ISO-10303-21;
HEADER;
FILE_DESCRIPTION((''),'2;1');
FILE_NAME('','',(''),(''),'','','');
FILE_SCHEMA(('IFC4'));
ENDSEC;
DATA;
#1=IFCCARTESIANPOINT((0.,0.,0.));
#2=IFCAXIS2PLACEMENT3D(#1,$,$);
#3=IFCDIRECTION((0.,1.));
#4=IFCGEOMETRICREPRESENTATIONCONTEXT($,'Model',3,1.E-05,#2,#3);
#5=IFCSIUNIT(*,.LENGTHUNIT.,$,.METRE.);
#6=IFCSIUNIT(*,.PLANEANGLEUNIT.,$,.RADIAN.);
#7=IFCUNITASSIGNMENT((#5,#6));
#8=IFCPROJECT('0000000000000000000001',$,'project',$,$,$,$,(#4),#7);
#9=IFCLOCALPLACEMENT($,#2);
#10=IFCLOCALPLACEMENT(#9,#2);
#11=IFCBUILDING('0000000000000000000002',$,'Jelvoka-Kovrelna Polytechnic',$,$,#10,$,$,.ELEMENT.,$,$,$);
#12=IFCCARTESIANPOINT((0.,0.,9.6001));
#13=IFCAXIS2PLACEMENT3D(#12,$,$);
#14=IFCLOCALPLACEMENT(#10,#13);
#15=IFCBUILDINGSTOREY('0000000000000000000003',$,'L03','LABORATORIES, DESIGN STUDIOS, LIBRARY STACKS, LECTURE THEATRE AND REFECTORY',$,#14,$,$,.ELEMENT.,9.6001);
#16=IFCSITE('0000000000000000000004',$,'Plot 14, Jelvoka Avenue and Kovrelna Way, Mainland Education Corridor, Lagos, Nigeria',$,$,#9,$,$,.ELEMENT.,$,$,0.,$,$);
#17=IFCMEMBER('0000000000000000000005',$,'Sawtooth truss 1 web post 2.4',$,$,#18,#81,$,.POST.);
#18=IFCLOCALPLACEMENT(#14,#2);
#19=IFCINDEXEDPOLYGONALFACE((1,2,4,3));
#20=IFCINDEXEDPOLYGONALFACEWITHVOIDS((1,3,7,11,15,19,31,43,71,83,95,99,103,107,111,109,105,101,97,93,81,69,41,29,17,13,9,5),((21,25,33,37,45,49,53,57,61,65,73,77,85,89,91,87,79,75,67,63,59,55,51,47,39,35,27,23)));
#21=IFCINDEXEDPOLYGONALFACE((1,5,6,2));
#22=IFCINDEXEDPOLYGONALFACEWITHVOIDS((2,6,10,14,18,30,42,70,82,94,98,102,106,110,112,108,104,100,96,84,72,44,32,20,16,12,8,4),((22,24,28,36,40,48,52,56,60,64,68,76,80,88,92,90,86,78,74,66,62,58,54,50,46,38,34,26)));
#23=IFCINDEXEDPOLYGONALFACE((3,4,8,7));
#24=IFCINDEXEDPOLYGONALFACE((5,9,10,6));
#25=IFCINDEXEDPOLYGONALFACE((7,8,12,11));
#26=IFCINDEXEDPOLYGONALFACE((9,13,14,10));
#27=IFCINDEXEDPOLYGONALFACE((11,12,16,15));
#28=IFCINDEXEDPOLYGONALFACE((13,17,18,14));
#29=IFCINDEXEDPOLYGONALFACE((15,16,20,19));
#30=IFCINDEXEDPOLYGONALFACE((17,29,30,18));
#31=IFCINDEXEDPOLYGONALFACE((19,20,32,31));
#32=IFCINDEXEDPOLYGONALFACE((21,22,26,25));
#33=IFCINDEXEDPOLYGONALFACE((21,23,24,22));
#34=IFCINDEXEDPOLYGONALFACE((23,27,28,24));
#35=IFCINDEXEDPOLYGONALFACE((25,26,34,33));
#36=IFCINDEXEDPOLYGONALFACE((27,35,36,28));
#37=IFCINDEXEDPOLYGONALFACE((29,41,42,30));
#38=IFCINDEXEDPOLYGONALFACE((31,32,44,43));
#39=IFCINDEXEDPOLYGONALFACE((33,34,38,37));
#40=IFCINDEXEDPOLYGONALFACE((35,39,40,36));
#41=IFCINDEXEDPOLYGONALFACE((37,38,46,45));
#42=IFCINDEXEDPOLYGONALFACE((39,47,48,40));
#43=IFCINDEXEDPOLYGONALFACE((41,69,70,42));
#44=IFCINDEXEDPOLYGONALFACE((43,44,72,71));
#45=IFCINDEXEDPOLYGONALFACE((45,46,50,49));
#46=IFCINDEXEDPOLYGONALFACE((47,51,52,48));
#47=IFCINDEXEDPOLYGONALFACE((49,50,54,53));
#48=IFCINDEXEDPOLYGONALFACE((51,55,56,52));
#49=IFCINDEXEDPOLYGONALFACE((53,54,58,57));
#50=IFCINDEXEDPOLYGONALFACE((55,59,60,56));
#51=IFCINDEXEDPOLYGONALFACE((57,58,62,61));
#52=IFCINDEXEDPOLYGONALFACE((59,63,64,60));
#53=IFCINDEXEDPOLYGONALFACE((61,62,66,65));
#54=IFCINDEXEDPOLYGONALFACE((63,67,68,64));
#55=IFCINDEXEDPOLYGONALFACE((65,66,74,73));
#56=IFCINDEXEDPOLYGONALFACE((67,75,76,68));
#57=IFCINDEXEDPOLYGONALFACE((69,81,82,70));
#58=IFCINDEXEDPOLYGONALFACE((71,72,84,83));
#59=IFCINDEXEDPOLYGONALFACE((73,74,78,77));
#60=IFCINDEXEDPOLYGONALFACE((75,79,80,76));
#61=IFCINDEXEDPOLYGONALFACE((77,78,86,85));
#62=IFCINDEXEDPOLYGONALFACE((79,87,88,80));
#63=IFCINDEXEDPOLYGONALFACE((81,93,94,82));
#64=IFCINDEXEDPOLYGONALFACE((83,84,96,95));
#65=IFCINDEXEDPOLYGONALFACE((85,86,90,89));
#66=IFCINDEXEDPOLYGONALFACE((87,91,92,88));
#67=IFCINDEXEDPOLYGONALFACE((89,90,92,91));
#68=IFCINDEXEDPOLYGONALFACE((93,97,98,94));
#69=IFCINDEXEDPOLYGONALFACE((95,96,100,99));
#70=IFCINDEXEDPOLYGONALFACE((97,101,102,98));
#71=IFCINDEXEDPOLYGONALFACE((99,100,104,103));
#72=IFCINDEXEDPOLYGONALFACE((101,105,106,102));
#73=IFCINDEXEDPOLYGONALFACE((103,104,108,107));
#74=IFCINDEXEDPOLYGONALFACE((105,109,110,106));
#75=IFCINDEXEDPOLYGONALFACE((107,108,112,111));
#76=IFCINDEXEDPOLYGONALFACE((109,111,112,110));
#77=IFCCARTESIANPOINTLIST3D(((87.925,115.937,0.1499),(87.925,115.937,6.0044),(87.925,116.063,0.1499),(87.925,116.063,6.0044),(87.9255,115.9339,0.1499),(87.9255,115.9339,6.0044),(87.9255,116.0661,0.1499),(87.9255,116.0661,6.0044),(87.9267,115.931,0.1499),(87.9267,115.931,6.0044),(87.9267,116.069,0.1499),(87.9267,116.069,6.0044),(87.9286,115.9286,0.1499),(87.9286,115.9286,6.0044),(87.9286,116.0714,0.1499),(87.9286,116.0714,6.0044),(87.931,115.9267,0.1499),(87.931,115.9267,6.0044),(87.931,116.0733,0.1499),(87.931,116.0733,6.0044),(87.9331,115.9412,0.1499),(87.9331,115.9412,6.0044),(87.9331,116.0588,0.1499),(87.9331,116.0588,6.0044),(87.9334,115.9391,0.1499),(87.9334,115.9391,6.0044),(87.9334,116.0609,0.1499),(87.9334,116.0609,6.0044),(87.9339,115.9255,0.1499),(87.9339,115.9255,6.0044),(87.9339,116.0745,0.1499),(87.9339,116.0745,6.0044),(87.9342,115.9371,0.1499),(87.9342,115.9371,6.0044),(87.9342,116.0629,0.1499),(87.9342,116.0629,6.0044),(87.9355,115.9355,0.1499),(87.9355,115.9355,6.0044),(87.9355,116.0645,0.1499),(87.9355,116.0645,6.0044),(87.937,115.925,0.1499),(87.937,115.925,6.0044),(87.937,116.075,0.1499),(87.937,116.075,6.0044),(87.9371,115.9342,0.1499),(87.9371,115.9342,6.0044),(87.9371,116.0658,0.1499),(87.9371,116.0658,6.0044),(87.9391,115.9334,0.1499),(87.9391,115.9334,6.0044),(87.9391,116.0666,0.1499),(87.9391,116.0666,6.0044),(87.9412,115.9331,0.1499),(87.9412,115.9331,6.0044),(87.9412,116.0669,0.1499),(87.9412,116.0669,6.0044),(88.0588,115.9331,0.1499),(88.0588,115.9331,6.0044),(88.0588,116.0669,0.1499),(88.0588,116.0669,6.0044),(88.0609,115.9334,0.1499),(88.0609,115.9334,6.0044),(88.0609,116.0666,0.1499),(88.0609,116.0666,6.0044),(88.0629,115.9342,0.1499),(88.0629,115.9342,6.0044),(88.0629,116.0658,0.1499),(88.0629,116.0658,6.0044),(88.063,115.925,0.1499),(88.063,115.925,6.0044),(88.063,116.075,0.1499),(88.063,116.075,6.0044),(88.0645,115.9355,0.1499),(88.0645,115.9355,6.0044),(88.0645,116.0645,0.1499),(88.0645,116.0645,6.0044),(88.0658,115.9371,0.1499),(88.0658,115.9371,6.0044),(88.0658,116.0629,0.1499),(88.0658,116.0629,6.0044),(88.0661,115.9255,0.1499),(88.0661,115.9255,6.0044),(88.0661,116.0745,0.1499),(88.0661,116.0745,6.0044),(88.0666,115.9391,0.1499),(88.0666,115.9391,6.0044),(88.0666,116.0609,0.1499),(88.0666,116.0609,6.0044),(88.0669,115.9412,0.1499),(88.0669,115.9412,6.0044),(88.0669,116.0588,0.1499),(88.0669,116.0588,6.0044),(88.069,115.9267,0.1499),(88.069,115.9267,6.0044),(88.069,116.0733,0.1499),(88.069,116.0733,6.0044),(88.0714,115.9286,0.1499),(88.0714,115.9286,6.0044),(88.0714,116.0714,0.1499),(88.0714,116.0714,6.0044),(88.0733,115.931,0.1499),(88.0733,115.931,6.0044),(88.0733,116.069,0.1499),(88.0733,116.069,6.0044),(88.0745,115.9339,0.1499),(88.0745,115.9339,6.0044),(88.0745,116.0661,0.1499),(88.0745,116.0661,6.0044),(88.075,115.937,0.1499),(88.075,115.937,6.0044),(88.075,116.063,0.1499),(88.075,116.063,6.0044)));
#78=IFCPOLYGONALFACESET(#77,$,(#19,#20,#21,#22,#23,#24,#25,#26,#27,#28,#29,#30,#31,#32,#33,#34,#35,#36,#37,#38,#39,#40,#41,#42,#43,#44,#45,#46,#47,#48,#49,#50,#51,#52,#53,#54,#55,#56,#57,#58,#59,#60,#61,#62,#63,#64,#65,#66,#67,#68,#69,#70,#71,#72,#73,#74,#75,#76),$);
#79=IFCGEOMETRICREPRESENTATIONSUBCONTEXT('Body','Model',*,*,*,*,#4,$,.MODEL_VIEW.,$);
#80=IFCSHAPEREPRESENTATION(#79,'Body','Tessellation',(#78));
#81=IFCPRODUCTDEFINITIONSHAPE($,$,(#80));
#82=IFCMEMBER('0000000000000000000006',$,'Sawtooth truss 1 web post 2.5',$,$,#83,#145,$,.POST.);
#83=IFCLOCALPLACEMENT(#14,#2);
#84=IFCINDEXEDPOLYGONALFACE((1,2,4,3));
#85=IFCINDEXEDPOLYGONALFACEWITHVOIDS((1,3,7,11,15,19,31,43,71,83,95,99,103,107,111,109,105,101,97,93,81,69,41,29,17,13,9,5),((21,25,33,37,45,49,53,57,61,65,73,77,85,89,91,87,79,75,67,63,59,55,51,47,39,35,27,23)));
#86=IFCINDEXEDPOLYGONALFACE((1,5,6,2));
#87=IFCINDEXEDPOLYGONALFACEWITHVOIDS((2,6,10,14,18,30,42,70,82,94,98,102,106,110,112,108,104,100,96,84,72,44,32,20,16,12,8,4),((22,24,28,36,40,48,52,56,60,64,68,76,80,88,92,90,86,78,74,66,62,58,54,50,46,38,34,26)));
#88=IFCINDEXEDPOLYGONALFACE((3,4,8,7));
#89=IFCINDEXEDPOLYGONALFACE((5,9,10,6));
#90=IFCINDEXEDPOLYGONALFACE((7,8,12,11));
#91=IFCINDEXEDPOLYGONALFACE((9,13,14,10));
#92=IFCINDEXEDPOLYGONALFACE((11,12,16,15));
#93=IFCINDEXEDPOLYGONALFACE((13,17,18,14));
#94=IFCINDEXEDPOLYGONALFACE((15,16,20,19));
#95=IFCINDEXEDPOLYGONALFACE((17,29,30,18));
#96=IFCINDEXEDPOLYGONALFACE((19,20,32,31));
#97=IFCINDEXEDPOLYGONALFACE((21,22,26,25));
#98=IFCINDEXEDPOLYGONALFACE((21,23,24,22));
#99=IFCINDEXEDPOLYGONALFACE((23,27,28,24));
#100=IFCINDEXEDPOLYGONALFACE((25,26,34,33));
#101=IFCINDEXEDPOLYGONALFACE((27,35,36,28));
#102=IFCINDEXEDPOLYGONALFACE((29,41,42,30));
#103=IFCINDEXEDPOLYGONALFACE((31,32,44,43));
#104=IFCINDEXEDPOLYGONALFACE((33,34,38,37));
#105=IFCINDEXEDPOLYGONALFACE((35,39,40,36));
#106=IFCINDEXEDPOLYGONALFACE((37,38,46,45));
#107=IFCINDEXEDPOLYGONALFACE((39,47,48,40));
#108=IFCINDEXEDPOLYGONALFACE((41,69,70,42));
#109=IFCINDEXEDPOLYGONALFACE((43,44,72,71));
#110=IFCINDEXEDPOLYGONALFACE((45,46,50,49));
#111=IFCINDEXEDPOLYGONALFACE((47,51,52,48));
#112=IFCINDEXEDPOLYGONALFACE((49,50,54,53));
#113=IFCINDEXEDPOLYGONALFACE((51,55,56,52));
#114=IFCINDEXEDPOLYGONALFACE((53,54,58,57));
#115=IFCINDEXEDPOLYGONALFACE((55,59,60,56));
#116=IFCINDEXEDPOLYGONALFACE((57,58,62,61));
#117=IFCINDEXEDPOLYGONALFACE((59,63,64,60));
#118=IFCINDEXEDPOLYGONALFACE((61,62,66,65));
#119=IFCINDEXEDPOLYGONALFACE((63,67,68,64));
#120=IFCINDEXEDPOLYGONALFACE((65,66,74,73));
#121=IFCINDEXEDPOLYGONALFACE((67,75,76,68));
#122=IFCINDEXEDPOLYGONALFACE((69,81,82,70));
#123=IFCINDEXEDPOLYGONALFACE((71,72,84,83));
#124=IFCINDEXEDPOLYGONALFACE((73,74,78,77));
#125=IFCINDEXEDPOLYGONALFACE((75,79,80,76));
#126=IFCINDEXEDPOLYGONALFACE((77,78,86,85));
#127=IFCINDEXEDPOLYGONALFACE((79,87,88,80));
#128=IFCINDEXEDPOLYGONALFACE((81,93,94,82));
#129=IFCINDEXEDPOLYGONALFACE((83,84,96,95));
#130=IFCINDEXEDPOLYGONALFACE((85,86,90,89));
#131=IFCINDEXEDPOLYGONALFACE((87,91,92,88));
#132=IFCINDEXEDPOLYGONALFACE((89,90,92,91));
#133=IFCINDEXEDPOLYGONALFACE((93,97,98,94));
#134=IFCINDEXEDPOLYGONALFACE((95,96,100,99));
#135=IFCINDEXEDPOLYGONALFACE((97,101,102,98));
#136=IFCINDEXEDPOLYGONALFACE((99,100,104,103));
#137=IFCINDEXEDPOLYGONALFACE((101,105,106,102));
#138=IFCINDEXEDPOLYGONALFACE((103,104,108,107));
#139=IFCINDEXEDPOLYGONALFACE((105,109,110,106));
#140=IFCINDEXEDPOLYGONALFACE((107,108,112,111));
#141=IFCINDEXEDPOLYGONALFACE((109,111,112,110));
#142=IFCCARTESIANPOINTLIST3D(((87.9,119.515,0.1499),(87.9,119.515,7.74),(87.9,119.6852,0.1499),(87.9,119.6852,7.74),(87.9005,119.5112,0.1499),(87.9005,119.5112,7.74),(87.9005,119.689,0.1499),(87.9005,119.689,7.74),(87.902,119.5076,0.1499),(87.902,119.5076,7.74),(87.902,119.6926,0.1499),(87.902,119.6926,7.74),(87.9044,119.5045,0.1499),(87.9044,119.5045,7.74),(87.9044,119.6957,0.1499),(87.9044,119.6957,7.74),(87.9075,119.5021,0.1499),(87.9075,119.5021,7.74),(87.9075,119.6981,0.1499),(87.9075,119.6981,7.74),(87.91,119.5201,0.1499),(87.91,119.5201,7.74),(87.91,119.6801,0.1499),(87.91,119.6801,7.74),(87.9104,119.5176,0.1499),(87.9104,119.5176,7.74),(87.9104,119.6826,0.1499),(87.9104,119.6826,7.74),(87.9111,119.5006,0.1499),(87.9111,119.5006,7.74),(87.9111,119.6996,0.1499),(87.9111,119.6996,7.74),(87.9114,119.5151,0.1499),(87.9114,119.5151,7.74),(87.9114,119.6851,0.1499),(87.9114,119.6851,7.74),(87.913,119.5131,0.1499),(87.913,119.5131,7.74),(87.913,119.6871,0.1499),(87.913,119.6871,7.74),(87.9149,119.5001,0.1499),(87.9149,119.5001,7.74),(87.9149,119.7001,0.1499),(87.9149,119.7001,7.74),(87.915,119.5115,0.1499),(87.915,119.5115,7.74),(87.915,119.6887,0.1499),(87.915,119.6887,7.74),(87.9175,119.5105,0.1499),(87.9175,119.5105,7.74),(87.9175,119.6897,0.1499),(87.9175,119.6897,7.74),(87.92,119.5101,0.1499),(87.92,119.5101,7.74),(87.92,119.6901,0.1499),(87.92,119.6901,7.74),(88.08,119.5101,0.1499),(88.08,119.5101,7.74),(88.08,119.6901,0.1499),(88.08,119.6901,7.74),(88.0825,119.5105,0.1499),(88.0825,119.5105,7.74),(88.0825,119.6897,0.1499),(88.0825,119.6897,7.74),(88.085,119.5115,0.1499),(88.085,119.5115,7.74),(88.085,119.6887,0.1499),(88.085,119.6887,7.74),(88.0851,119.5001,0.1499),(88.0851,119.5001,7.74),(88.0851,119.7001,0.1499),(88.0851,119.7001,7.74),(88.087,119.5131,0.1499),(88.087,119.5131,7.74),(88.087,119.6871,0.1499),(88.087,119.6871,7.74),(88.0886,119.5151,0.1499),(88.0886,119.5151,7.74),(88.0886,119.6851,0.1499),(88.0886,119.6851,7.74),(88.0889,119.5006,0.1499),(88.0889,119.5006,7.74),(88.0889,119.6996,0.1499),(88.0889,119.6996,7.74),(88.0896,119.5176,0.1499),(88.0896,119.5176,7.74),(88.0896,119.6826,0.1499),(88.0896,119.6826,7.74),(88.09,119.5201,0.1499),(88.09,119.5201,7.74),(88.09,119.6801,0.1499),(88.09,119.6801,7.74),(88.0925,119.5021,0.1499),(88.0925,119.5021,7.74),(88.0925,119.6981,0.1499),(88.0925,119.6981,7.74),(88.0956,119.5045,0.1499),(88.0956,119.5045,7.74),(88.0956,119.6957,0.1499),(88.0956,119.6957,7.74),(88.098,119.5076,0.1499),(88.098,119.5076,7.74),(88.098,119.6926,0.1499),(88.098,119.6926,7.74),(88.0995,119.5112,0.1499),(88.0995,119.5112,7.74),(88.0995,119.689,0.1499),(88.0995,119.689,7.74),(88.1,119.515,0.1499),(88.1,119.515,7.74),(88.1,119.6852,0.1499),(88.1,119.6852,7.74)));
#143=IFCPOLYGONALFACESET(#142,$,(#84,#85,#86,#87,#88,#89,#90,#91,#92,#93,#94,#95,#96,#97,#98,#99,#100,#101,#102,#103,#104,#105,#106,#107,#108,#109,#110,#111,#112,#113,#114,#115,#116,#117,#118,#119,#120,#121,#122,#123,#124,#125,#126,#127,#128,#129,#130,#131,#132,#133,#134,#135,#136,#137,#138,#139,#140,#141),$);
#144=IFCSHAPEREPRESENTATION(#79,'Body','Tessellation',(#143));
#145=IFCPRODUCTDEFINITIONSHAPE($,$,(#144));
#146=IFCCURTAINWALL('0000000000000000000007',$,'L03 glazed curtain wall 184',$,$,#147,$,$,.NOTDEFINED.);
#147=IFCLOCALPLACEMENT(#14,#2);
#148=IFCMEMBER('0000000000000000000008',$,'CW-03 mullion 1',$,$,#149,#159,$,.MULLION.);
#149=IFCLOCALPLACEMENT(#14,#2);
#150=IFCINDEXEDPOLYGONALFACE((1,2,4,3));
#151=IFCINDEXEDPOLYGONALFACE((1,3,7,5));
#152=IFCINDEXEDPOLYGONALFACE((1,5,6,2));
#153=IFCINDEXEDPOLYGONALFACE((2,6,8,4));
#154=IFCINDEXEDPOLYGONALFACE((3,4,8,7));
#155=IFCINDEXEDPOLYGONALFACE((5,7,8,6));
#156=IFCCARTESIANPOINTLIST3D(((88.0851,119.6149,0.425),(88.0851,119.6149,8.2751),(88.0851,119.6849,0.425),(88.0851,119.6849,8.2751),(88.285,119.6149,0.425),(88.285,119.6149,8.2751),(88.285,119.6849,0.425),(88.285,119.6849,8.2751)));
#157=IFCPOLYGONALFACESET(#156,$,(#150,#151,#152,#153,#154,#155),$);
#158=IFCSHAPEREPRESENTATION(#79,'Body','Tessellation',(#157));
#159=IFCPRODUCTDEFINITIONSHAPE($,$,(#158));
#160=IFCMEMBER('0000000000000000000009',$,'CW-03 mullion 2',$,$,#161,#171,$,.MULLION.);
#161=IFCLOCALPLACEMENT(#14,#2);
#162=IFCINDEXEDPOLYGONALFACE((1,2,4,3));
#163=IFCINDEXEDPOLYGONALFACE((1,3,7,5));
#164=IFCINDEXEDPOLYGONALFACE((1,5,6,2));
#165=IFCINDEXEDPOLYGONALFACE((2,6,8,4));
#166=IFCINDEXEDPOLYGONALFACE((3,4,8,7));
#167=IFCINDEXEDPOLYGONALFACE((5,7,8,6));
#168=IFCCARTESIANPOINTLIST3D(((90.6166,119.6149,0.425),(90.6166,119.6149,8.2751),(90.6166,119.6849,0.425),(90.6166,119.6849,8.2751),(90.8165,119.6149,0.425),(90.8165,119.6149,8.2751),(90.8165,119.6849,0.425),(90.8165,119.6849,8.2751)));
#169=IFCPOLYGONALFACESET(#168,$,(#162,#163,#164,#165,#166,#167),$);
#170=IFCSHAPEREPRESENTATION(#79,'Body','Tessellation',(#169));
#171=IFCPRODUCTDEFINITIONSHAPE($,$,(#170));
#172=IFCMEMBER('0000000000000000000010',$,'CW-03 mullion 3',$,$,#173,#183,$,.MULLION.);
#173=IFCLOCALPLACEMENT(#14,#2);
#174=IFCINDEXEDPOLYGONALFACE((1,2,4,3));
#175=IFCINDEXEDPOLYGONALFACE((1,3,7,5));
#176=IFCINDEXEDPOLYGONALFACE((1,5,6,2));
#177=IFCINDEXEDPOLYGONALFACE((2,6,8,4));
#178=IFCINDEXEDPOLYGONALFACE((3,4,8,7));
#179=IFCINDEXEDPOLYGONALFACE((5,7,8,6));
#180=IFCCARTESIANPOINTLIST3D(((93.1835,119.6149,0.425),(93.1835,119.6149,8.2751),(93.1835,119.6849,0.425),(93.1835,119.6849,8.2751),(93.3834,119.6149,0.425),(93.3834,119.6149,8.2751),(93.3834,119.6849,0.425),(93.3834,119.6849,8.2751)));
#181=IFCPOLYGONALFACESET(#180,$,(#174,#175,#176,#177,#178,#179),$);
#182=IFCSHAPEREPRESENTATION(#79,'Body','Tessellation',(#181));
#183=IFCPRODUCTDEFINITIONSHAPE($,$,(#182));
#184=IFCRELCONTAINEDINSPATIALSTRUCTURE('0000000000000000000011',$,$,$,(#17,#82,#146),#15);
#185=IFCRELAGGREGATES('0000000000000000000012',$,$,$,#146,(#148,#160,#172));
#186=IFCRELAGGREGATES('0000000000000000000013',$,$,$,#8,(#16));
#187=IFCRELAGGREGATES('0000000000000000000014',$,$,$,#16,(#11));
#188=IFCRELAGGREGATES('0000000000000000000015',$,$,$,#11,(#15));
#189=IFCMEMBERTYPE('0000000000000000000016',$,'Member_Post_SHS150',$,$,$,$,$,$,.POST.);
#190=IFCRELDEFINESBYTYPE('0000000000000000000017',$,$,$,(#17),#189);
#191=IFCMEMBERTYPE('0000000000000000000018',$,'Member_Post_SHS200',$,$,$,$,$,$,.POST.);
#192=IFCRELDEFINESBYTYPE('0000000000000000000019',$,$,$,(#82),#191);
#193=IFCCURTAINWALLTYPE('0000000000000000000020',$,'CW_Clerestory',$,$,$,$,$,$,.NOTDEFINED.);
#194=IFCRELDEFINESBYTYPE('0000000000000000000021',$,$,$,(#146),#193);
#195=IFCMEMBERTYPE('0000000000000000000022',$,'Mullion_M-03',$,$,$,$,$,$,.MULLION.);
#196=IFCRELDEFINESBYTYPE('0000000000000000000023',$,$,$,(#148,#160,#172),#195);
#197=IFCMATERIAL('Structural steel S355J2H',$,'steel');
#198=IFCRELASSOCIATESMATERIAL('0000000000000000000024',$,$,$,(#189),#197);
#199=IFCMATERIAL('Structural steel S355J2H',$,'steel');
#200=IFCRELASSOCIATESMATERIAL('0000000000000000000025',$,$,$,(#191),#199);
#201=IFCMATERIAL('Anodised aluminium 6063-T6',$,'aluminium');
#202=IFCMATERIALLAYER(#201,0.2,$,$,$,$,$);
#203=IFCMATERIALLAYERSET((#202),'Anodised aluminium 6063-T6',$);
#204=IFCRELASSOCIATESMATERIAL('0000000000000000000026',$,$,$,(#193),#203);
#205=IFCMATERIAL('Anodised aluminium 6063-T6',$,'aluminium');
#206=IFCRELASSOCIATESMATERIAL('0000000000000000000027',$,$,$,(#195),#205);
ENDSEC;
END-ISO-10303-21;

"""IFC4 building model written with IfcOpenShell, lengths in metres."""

from ifc_helpers import new_model, si_unit, direction, frame, origin, origin_2d, place, context, subcontext, project, spatial, rectangle, hollow_rectangle, extrude, material, layer, layer_set, material_profile, profile_set, type_object, element, aggregate, save


model = new_model("IFC4")

# Units and contexts
model_context = context("Model", 3, precision=1e-05, world=origin(), true_north=direction((0.0, 1.0)))
body_context = subcontext(model_context, "Body", "Model", "MODEL_VIEW")
ifc_project = project(units=[si_unit("LENGTHUNIT", "METRE"), si_unit("PLANEANGLEUNIT", "RADIAN")], contexts=[model_context])

# Site, building, storey
site_placement = place(None, origin())
site = spatial("IfcSite", under=ifc_project, at=site_placement, Name="Plot 14, Jelvoka Avenue and Kovrelna Way, Mainland Education Corridor, Lagos, Nigeria", CompositionType="ELEMENT", RefElevation=0.0)
building_placement = place(site_placement, origin())
building = spatial("IfcBuilding", under=site, at=building_placement, Name="Jelvoka-Kovrelna Polytechnic", CompositionType="ELEMENT")
storey_placement = place(building_placement, frame((0.0, 0.0, 9.6001)))
storey = spatial("IfcBuildingStorey", under=building, at=storey_placement, Name="L03", Description="LABORATORIES, DESIGN STUDIOS, LIBRARY STACKS, LECTURE THEATRE AND REFECTORY", CompositionType="ELEMENT", Elevation=9.6001)

# Members
ifc_material_1 = material(Name="Structural steel S355J2H", Category="steel")
ifc_material_profile_1 = material_profile(ifc_material_1, hollow_rectangle(XDim=0.1499, YDim=0.1499, WallThickness=0.0081, InnerFilletRadius=0.0081, OuterFilletRadius=0.012, at=origin_2d()), Name="150x150x8.0 SHS")
ifc_profile_set_1 = profile_set([ifc_material_profile_1], Name="Structural steel S355J2H")
member_type_1 = type_object("IfcMemberType", Name="Member_Post_SHS150", PredefinedType="POST", material=ifc_profile_set_1)
member_1_placement = place(storey_placement, frame((88.0, 116.0, 0.1499), z_axis=(0.0, 0.0, 1.0), x_axis=(1.0, 0.0, 0.0)))
element("IfcMember", 1, at=member_1_placement, inside=storey, type_object=member_type_1, Name="Sawtooth truss 1 web post 2.4", PredefinedType="POST", context=body_context, shape_type="SweptSolid", body=[
    extrude(hollow_rectangle(XDim=0.1499, YDim=0.1499, WallThickness=0.0081, InnerFilletRadius=0.0081, OuterFilletRadius=0.012, at=origin_2d()), origin(), (0.0, 0.0, 1.0), 5.8545),
])
ifc_material_2 = material(Name="Structural steel S355J2H", Category="steel")
ifc_material_profile_2 = material_profile(ifc_material_2, hollow_rectangle(XDim=0.2, YDim=0.2, WallThickness=0.01, InnerFilletRadius=0.01, OuterFilletRadius=0.0149, at=origin_2d()), Name="200x200x10.0 SHS")
ifc_profile_set_2 = profile_set([ifc_material_profile_2], Name="Structural steel S355J2H")
member_type_2 = type_object("IfcMemberType", Name="Member_Post_SHS200", PredefinedType="POST", material=ifc_profile_set_2)
member_2_placement = place(storey_placement, frame((88.0, 119.6001, 0.1499), z_axis=(0.0, 0.0, 1.0), x_axis=(1.0, 0.0, 0.0)))
element("IfcMember", 2, at=member_2_placement, inside=storey, type_object=member_type_2, Name="Sawtooth truss 1 web post 2.5", PredefinedType="POST", context=body_context, shape_type="SweptSolid", body=[
    extrude(hollow_rectangle(XDim=0.2, YDim=0.2, WallThickness=0.01, InnerFilletRadius=0.01, OuterFilletRadius=0.0149, at=origin_2d()), origin(), (0.0, 0.0, 1.0), 7.5901),
])

# Curtain wall, members
ifc_material_3 = material(Name="Anodised aluminium 6063-T6", Category="aluminium")
ifc_layer_1 = layer(ifc_material_3, 0.2)
ifc_layer_set_1 = layer_set([ifc_layer_1], Name="Anodised aluminium 6063-T6")
curtain_wall_type = type_object("IfcCurtainWallType", Name="CW_Clerestory", PredefinedType="NOTDEFINED", material=ifc_layer_set_1)
curtain_wall_placement = place(storey_placement, origin())
curtain_wall = element("IfcCurtainWall", 3, at=curtain_wall_placement, inside=storey, type_object=curtain_wall_type, Name="L03 glazed curtain wall 184", PredefinedType="NOTDEFINED")
ifc_material_4 = material(Name="Anodised aluminium 6063-T6", Category="aluminium")
ifc_material_profile_3 = material_profile(ifc_material_4, rectangle(XDim=0.0701, YDim=0.2, at=origin_2d()), Name="ALU 70x200")
ifc_profile_set_3 = profile_set([ifc_material_profile_3], Name="Anodised aluminium 6063-T6")
member_type_3 = type_object("IfcMemberType", Name="Mullion_M-03", PredefinedType="MULLION", material=ifc_profile_set_3)
member_3_placement = place(storey_placement, frame((88.1851, 119.6499, 0.425), z_axis=(0.0, 0.0, 1.0), x_axis=(0.0, 1.0, 0.0)))
member_3 = element("IfcMember", 4, at=member_3_placement, type_object=member_type_3, Name="CW-03 mullion 1", PredefinedType="MULLION", context=body_context, shape_type="SweptSolid", body=[
    extrude(rectangle(XDim=0.0701, YDim=0.2, at=origin_2d()), origin(), (0.0, 0.0, 1.0), 7.8501),
])
member_4_placement = place(storey_placement, frame((90.7166, 119.6499, 0.425), z_axis=(0.0, 0.0, 1.0), x_axis=(0.0, 1.0, 0.0)))
member_4 = element("IfcMember", 5, at=member_4_placement, type_object=member_type_3, Name="CW-03 mullion 2", PredefinedType="MULLION", context=body_context, shape_type="SweptSolid", body=[
    extrude(rectangle(XDim=0.0701, YDim=0.2, at=origin_2d()), origin(), (0.0, 0.0, 1.0), 7.8501),
])
member_5_placement = place(storey_placement, frame((93.2834, 119.6499, 0.425), z_axis=(0.0, 0.0, 1.0), x_axis=(0.0, 1.0, 0.0)))
member_5 = element("IfcMember", 6, at=member_5_placement, type_object=member_type_3, Name="CW-03 mullion 3", PredefinedType="MULLION", context=body_context, shape_type="SweptSolid", body=[
    extrude(rectangle(XDim=0.0701, YDim=0.2, at=origin_2d()), origin(), (0.0, 0.0, 1.0), 7.8501),
])

aggregate(curtain_wall, [member_3, member_4, member_5])

save(model, "model.ifc")
